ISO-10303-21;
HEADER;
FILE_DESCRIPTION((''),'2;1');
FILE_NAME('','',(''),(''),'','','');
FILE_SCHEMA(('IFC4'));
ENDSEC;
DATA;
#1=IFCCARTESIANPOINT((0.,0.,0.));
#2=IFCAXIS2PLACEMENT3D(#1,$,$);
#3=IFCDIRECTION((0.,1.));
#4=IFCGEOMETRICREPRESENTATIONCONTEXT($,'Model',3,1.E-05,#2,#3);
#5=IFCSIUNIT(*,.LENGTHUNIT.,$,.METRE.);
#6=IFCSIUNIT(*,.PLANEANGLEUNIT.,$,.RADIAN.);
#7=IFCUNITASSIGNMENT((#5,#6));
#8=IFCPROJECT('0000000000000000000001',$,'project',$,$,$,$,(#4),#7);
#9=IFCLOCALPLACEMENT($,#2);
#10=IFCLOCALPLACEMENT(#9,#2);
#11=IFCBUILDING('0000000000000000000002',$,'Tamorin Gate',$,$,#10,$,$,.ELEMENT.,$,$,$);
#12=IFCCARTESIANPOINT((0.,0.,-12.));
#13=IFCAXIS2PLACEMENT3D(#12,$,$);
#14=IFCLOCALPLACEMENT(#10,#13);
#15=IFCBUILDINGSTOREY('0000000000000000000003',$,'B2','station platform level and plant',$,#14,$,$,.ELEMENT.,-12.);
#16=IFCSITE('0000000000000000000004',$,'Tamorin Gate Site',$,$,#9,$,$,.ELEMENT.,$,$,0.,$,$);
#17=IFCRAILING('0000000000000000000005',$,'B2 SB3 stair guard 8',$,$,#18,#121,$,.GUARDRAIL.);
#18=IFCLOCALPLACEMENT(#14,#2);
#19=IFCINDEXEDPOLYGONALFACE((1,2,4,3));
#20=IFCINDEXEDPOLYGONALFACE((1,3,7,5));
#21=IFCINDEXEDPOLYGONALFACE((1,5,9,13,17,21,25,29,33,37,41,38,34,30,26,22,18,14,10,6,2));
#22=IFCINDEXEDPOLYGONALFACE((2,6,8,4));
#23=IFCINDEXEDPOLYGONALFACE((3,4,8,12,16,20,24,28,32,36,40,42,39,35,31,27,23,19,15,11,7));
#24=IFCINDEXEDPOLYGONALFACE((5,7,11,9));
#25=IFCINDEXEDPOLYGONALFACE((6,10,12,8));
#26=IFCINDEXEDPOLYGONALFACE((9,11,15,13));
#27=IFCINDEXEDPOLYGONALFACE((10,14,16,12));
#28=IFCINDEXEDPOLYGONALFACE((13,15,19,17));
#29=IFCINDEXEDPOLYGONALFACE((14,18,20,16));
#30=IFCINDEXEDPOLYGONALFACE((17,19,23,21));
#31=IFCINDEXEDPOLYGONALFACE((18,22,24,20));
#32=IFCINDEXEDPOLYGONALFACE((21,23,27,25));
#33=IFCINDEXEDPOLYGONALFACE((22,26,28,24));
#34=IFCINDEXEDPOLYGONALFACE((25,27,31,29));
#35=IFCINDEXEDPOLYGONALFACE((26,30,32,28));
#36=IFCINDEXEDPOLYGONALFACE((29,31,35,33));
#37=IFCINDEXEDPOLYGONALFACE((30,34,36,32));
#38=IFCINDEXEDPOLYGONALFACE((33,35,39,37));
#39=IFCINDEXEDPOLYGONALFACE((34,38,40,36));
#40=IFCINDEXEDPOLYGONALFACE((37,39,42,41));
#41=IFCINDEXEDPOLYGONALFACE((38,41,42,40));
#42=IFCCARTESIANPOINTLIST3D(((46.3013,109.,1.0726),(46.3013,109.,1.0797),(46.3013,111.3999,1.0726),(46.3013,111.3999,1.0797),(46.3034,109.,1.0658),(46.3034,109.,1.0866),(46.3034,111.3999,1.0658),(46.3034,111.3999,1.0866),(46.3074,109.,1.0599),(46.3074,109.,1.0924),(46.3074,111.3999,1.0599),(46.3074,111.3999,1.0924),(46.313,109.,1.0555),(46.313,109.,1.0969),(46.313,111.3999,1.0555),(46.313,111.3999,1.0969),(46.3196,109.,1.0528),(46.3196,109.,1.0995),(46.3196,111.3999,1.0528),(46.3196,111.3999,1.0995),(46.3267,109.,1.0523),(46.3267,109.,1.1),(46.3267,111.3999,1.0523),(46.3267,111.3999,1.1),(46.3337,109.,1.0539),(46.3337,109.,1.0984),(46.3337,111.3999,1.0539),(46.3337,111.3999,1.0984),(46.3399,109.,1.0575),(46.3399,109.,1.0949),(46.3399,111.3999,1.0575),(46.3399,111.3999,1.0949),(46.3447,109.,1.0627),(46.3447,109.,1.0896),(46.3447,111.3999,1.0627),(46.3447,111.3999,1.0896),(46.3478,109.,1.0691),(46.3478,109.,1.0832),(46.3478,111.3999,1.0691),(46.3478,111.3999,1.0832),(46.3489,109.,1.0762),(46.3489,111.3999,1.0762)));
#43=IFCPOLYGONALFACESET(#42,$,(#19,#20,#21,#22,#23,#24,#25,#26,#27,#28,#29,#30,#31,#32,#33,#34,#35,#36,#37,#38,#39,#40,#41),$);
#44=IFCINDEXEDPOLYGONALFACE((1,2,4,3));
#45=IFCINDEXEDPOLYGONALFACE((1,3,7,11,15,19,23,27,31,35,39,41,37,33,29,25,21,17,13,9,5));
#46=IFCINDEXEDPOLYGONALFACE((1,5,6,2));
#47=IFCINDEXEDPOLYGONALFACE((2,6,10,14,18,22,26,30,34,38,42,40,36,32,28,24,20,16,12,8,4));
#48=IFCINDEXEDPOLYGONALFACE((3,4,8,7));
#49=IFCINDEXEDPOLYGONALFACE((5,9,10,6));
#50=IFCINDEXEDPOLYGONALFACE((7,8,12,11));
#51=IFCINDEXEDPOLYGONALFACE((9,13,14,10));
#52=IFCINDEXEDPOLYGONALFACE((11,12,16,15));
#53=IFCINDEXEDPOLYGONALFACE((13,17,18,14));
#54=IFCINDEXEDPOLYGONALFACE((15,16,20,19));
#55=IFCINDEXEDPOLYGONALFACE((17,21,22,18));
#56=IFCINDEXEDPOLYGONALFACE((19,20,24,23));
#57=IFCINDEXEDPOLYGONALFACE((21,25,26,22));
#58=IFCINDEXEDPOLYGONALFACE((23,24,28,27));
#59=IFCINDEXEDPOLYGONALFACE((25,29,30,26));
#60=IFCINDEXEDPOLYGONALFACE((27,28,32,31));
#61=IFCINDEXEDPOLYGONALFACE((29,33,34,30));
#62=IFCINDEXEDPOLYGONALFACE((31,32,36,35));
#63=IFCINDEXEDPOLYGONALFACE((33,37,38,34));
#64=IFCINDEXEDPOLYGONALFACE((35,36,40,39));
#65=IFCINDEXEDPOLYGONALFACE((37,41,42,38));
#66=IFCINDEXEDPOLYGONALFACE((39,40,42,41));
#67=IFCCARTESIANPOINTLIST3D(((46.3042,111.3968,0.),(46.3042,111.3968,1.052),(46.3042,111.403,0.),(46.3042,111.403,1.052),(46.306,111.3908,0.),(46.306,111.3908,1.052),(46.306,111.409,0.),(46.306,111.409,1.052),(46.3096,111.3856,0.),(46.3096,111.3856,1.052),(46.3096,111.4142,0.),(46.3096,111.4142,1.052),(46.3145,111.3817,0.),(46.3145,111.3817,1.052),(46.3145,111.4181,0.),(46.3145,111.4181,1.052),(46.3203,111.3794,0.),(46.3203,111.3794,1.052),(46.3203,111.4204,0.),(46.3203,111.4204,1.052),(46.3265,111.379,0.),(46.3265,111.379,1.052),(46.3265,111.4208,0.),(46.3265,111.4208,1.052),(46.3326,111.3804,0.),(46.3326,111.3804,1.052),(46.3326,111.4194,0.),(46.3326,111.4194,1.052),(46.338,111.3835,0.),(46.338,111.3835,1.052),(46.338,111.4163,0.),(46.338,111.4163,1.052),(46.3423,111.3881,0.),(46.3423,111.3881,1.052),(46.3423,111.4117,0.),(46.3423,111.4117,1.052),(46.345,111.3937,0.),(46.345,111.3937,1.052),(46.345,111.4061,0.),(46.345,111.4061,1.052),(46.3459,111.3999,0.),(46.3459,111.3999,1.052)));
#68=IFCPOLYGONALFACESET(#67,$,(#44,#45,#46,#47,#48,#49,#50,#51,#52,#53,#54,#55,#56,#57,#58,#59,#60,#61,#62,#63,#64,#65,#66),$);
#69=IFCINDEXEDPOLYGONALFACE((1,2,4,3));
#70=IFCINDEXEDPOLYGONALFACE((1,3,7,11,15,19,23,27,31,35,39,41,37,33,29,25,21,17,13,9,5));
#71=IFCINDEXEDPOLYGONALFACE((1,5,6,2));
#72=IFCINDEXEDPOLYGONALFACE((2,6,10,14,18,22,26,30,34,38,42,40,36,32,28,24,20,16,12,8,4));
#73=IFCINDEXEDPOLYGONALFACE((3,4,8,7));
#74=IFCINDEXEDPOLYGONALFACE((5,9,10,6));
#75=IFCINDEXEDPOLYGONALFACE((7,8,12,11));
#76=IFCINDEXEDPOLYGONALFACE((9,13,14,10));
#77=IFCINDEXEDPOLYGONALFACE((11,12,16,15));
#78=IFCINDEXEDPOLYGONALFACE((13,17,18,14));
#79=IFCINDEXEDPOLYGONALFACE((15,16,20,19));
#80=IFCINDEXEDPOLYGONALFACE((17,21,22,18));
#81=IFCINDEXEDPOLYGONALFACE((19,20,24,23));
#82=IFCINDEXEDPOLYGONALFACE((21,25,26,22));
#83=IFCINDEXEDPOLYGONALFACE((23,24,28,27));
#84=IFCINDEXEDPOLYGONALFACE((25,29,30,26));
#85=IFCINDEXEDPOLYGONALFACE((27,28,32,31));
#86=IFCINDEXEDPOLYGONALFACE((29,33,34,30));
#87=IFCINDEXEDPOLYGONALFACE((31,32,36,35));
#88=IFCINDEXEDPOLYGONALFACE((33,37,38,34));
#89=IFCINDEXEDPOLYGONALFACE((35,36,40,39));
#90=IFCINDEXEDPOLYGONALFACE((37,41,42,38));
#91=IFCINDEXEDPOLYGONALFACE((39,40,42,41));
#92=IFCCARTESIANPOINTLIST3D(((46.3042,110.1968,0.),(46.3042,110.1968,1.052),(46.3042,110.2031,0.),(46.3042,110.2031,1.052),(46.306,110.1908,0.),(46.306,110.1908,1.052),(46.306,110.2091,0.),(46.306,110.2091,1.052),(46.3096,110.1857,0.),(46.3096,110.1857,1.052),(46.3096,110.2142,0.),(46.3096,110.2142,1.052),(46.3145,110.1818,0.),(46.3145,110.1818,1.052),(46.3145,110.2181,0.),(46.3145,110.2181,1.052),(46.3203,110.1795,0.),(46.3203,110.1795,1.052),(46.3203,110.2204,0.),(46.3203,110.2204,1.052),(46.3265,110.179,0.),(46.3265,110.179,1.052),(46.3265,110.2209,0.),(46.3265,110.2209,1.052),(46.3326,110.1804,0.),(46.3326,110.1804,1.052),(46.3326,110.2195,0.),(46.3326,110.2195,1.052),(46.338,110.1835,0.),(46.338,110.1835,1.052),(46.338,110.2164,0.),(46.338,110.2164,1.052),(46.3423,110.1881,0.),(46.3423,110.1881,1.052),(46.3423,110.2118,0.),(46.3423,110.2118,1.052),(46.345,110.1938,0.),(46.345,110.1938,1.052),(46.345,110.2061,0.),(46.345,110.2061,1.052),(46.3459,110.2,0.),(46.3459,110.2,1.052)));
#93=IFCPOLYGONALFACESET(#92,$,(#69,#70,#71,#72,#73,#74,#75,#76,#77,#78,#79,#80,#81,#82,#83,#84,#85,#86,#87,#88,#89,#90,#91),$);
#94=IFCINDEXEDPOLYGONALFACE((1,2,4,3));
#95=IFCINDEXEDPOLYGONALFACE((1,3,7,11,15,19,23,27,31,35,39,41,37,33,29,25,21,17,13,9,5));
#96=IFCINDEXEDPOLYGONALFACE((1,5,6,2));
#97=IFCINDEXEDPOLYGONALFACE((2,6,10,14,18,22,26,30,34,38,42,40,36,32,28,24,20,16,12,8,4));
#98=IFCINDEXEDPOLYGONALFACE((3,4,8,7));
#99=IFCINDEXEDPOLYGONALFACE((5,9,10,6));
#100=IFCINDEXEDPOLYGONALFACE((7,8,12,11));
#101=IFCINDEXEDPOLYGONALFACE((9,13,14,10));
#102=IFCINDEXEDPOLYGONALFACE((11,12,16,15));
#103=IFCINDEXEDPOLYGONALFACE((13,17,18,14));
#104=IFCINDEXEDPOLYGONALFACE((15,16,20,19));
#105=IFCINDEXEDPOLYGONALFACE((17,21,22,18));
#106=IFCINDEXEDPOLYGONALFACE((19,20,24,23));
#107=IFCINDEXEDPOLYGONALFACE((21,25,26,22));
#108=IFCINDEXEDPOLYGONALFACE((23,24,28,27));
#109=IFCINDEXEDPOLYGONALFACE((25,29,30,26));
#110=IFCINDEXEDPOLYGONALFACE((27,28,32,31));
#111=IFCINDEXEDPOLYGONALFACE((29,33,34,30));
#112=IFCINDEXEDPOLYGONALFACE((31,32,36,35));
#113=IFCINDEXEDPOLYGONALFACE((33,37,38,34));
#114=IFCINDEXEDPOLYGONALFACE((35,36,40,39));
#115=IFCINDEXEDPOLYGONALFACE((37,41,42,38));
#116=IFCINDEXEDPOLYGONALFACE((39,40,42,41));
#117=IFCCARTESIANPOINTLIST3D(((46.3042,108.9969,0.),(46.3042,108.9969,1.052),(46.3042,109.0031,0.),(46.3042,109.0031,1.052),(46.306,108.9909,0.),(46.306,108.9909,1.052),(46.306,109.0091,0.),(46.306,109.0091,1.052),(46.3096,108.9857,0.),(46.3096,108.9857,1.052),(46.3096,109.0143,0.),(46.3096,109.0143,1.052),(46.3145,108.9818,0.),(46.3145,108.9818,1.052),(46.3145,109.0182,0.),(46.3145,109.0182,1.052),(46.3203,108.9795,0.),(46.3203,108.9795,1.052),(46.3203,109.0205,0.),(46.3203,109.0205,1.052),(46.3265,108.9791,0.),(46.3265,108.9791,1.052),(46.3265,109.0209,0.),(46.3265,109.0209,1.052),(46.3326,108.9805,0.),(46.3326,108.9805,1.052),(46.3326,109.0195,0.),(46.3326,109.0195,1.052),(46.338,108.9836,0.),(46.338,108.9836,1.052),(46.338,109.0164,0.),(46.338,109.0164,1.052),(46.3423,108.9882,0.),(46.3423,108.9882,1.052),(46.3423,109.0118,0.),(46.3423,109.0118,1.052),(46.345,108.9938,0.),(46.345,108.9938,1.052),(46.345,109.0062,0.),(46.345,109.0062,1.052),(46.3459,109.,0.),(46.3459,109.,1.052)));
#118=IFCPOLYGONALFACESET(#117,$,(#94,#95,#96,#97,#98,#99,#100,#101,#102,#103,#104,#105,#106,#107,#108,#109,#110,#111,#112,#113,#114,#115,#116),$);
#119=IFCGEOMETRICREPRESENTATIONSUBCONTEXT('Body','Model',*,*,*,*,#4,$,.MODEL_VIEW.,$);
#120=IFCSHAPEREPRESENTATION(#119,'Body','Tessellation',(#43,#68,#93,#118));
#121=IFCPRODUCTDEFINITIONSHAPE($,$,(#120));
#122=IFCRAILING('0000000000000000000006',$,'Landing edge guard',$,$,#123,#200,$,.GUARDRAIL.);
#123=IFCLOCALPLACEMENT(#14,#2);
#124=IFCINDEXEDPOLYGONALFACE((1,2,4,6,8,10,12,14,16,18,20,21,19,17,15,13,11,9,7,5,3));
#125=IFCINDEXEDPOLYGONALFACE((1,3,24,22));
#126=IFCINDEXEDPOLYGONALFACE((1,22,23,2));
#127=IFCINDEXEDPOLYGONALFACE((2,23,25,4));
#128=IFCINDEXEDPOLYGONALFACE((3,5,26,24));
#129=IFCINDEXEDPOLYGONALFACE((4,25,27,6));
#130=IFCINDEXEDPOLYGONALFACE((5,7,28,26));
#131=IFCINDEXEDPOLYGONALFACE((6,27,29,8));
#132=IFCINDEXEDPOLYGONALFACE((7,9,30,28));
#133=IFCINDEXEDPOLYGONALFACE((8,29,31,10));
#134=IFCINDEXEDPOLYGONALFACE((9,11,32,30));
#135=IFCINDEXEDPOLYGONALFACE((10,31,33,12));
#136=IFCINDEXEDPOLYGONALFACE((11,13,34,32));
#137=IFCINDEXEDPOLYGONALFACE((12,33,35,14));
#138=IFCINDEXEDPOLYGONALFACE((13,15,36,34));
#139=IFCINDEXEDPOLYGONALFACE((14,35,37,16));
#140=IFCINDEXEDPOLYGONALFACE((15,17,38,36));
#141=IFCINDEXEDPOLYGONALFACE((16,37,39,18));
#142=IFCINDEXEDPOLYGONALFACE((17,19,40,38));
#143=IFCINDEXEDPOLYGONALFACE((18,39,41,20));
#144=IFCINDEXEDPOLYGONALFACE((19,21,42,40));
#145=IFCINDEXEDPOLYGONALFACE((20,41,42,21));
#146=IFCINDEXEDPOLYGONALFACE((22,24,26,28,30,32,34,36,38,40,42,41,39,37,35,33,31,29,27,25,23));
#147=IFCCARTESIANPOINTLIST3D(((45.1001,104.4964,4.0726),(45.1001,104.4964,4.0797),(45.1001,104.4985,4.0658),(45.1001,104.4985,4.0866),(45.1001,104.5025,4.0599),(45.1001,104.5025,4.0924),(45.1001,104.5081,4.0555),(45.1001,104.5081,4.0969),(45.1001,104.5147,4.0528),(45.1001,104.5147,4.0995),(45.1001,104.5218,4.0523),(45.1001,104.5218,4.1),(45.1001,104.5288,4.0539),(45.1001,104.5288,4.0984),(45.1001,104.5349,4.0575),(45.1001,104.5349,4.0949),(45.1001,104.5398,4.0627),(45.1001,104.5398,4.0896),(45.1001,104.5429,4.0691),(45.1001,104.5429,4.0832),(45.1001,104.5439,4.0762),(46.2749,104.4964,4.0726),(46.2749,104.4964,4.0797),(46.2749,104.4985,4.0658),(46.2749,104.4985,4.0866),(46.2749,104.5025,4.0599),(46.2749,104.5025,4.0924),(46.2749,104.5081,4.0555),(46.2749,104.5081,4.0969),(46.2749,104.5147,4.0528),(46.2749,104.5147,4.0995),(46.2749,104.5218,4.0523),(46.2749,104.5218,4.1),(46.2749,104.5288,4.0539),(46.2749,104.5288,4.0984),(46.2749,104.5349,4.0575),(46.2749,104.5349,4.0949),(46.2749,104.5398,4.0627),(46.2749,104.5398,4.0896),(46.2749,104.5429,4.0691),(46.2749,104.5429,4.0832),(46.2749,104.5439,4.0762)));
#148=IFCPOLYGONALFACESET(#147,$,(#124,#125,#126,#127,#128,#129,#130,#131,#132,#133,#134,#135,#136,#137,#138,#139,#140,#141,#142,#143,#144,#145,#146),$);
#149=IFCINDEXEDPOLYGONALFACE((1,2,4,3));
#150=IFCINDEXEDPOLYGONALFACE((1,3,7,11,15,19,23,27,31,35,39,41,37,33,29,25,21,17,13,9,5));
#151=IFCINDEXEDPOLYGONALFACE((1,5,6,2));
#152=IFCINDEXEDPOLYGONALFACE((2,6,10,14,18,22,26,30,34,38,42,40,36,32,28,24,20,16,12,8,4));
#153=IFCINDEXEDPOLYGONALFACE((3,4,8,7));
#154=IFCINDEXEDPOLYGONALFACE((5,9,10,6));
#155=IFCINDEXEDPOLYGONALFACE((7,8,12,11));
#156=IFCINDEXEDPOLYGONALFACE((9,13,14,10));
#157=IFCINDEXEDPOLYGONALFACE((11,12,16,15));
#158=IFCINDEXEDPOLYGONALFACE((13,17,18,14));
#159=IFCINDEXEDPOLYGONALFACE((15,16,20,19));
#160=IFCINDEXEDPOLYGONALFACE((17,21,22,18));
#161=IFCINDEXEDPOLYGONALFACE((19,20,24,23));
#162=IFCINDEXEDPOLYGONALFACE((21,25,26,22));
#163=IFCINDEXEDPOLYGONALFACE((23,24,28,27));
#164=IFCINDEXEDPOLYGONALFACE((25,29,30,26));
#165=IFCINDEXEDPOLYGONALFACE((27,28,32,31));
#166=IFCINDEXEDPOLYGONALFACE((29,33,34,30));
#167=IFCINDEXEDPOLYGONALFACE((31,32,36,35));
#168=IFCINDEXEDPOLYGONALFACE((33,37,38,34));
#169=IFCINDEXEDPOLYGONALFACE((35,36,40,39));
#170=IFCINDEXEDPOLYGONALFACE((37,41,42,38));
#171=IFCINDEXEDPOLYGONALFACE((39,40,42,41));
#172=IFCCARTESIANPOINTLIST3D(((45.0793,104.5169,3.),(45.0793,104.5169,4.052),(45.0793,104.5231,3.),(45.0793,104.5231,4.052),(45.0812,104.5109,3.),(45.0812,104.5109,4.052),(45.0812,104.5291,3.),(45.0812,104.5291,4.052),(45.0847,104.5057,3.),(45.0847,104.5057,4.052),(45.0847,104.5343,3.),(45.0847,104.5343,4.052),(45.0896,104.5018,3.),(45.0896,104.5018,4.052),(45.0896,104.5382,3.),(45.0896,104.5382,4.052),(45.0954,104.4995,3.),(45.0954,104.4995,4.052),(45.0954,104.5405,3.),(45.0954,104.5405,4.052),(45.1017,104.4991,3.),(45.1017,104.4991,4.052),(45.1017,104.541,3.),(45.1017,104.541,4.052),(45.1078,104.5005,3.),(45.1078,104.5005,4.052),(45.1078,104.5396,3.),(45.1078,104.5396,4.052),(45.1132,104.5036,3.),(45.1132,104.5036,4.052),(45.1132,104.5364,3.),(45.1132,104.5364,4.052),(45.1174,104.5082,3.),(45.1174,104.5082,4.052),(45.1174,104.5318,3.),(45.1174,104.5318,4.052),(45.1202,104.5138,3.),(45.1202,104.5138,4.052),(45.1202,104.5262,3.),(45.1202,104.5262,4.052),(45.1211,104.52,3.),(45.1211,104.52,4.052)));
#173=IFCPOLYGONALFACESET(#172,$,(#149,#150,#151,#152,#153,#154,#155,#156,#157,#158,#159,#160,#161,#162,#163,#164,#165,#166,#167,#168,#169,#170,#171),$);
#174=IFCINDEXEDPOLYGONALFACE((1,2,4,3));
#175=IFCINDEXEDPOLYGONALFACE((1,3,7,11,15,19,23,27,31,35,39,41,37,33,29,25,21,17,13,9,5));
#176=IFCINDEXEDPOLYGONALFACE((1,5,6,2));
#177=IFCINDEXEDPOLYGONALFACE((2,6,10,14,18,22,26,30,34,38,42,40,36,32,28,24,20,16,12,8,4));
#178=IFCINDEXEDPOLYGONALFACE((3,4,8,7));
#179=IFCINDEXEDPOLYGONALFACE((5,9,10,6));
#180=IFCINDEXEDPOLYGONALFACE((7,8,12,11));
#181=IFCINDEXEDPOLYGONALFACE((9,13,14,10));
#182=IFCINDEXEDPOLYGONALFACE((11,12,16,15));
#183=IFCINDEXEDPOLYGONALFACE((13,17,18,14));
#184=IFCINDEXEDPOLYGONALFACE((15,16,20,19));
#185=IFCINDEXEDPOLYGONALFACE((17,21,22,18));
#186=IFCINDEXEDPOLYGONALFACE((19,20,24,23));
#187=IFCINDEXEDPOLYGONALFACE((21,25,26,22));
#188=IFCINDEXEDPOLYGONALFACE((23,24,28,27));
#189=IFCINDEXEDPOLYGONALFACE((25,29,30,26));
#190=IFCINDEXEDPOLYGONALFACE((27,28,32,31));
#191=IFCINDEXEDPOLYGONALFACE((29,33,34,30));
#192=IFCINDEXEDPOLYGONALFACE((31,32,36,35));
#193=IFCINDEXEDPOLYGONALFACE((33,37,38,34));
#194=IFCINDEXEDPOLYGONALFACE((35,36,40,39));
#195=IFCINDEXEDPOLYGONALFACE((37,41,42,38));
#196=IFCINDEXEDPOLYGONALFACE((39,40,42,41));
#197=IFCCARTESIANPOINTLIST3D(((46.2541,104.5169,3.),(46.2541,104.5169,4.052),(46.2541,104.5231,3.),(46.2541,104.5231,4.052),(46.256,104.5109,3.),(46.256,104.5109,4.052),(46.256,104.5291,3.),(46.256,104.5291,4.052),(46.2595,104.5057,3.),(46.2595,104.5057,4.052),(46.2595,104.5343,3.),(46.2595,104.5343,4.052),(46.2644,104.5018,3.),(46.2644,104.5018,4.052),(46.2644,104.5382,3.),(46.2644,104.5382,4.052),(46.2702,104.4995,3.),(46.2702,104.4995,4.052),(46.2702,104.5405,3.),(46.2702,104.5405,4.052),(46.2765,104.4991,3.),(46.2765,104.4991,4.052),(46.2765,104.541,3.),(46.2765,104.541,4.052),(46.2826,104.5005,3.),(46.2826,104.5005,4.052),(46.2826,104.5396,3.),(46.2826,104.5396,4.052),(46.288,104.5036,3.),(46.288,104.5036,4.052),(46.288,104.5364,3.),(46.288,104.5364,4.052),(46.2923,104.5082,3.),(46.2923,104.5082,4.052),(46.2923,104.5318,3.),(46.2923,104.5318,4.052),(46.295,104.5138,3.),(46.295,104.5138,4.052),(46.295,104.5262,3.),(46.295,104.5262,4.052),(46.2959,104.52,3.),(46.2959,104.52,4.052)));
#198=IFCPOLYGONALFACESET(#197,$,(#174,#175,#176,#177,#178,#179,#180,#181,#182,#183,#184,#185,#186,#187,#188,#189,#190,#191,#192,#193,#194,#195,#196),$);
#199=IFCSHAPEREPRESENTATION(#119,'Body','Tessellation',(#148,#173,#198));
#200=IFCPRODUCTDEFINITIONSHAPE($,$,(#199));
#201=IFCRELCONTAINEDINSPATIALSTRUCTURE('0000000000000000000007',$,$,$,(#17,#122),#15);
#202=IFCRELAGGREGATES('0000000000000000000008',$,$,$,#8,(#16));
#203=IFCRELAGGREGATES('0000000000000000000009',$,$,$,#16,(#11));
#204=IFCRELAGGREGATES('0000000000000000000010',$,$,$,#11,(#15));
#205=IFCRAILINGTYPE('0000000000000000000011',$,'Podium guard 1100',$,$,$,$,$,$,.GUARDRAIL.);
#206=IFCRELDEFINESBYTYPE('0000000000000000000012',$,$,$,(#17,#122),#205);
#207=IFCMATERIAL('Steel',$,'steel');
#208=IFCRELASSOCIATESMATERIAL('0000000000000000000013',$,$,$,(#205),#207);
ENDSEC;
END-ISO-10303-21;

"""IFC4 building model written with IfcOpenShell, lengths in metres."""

from ifc_helpers import new_model, si_unit, direction, frame, origin, origin_2d, place, context, subcontext, project, spatial, circle, extrude, material, type_object, element, save


model = new_model("IFC4")

# Units and contexts
model_context = context("Model", 3, precision=1e-05, world=origin(), true_north=direction((0.0, 1.0)))
body_context = subcontext(model_context, "Body", "Model", "MODEL_VIEW")
ifc_project = project(units=[si_unit("LENGTHUNIT", "METRE"), si_unit("PLANEANGLEUNIT", "RADIAN")], contexts=[model_context])

# Site, building, storey
site_placement = place(None, origin())
site = spatial("IfcSite", under=ifc_project, at=site_placement, Name="Tamorin Gate Site", CompositionType="ELEMENT", RefElevation=0.0)
building_placement = place(site_placement, origin())
building = spatial("IfcBuilding", under=site, at=building_placement, Name="Tamorin Gate", CompositionType="ELEMENT")
storey_placement = place(building_placement, frame((0.0, 0.0, -12.0)))
storey = spatial("IfcBuildingStorey", under=building, at=storey_placement, Name="B2", Description="station platform level and plant", CompositionType="ELEMENT", Elevation=-12.0)

# Railings
ifc_material_1 = material(Name="Steel", Category="steel")
railing_type_1 = type_object("IfcRailingType", Name="Podium guard 1100", PredefinedType="GUARDRAIL", material=ifc_material_1)
railing_1_placement = place(storey_placement, frame((46.325, 111.3999, 0.0)))
element("IfcRailing", 1, at=railing_1_placement, inside=storey, type_object=railing_type_1, Name="B2 SB3 stair guard 8", PredefinedType="GUARDRAIL", context=body_context, shape_type="SweptSolid", body=[
    extrude(circle(Radius=0.0239, at=origin_2d()), frame((0.0, 0.0, 1.0762), z_axis=(0.0, -1.0, 0.0), x_axis=(1.0, 0.0, 0.0)), (0.0, 0.0, 1.0), 2.3999),
    extrude(circle(Radius=0.021, at=origin_2d()), origin(), (0.0, 0.0, 1.0), 1.052),
    extrude(circle(Radius=0.021, at=origin_2d()), frame((0.0, -1.2, 0.0)), (0.0, 0.0, 1.0), 1.052),
    extrude(circle(Radius=0.021, at=origin_2d()), frame((0.0, -2.3999, 0.0)), (0.0, 0.0, 1.0), 1.052),
])
railing_2_placement = place(storey_placement, frame((45.1001, 104.52, 3.0)))
element("IfcRailing", 2, at=railing_2_placement, inside=storey, type_object=railing_type_1, Name="Landing edge guard", PredefinedType="GUARDRAIL", context=body_context, shape_type="SweptSolid", body=[
    extrude(circle(Radius=0.0239, at=origin_2d()), frame((0.0, 0.0, 1.0762), z_axis=(1.0, 0.0, 0.0), x_axis=(0.0, 1.0, 0.0)), (0.0, 0.0, 1.0), 1.1748),
    extrude(circle(Radius=0.021, at=origin_2d()), origin(), (0.0, 0.0, 1.0), 1.052),
    extrude(circle(Radius=0.021, at=origin_2d()), frame((1.1748, 0.0, 0.0)), (0.0, 0.0, 1.0), 1.052),
])

save(model, "model.ifc")
